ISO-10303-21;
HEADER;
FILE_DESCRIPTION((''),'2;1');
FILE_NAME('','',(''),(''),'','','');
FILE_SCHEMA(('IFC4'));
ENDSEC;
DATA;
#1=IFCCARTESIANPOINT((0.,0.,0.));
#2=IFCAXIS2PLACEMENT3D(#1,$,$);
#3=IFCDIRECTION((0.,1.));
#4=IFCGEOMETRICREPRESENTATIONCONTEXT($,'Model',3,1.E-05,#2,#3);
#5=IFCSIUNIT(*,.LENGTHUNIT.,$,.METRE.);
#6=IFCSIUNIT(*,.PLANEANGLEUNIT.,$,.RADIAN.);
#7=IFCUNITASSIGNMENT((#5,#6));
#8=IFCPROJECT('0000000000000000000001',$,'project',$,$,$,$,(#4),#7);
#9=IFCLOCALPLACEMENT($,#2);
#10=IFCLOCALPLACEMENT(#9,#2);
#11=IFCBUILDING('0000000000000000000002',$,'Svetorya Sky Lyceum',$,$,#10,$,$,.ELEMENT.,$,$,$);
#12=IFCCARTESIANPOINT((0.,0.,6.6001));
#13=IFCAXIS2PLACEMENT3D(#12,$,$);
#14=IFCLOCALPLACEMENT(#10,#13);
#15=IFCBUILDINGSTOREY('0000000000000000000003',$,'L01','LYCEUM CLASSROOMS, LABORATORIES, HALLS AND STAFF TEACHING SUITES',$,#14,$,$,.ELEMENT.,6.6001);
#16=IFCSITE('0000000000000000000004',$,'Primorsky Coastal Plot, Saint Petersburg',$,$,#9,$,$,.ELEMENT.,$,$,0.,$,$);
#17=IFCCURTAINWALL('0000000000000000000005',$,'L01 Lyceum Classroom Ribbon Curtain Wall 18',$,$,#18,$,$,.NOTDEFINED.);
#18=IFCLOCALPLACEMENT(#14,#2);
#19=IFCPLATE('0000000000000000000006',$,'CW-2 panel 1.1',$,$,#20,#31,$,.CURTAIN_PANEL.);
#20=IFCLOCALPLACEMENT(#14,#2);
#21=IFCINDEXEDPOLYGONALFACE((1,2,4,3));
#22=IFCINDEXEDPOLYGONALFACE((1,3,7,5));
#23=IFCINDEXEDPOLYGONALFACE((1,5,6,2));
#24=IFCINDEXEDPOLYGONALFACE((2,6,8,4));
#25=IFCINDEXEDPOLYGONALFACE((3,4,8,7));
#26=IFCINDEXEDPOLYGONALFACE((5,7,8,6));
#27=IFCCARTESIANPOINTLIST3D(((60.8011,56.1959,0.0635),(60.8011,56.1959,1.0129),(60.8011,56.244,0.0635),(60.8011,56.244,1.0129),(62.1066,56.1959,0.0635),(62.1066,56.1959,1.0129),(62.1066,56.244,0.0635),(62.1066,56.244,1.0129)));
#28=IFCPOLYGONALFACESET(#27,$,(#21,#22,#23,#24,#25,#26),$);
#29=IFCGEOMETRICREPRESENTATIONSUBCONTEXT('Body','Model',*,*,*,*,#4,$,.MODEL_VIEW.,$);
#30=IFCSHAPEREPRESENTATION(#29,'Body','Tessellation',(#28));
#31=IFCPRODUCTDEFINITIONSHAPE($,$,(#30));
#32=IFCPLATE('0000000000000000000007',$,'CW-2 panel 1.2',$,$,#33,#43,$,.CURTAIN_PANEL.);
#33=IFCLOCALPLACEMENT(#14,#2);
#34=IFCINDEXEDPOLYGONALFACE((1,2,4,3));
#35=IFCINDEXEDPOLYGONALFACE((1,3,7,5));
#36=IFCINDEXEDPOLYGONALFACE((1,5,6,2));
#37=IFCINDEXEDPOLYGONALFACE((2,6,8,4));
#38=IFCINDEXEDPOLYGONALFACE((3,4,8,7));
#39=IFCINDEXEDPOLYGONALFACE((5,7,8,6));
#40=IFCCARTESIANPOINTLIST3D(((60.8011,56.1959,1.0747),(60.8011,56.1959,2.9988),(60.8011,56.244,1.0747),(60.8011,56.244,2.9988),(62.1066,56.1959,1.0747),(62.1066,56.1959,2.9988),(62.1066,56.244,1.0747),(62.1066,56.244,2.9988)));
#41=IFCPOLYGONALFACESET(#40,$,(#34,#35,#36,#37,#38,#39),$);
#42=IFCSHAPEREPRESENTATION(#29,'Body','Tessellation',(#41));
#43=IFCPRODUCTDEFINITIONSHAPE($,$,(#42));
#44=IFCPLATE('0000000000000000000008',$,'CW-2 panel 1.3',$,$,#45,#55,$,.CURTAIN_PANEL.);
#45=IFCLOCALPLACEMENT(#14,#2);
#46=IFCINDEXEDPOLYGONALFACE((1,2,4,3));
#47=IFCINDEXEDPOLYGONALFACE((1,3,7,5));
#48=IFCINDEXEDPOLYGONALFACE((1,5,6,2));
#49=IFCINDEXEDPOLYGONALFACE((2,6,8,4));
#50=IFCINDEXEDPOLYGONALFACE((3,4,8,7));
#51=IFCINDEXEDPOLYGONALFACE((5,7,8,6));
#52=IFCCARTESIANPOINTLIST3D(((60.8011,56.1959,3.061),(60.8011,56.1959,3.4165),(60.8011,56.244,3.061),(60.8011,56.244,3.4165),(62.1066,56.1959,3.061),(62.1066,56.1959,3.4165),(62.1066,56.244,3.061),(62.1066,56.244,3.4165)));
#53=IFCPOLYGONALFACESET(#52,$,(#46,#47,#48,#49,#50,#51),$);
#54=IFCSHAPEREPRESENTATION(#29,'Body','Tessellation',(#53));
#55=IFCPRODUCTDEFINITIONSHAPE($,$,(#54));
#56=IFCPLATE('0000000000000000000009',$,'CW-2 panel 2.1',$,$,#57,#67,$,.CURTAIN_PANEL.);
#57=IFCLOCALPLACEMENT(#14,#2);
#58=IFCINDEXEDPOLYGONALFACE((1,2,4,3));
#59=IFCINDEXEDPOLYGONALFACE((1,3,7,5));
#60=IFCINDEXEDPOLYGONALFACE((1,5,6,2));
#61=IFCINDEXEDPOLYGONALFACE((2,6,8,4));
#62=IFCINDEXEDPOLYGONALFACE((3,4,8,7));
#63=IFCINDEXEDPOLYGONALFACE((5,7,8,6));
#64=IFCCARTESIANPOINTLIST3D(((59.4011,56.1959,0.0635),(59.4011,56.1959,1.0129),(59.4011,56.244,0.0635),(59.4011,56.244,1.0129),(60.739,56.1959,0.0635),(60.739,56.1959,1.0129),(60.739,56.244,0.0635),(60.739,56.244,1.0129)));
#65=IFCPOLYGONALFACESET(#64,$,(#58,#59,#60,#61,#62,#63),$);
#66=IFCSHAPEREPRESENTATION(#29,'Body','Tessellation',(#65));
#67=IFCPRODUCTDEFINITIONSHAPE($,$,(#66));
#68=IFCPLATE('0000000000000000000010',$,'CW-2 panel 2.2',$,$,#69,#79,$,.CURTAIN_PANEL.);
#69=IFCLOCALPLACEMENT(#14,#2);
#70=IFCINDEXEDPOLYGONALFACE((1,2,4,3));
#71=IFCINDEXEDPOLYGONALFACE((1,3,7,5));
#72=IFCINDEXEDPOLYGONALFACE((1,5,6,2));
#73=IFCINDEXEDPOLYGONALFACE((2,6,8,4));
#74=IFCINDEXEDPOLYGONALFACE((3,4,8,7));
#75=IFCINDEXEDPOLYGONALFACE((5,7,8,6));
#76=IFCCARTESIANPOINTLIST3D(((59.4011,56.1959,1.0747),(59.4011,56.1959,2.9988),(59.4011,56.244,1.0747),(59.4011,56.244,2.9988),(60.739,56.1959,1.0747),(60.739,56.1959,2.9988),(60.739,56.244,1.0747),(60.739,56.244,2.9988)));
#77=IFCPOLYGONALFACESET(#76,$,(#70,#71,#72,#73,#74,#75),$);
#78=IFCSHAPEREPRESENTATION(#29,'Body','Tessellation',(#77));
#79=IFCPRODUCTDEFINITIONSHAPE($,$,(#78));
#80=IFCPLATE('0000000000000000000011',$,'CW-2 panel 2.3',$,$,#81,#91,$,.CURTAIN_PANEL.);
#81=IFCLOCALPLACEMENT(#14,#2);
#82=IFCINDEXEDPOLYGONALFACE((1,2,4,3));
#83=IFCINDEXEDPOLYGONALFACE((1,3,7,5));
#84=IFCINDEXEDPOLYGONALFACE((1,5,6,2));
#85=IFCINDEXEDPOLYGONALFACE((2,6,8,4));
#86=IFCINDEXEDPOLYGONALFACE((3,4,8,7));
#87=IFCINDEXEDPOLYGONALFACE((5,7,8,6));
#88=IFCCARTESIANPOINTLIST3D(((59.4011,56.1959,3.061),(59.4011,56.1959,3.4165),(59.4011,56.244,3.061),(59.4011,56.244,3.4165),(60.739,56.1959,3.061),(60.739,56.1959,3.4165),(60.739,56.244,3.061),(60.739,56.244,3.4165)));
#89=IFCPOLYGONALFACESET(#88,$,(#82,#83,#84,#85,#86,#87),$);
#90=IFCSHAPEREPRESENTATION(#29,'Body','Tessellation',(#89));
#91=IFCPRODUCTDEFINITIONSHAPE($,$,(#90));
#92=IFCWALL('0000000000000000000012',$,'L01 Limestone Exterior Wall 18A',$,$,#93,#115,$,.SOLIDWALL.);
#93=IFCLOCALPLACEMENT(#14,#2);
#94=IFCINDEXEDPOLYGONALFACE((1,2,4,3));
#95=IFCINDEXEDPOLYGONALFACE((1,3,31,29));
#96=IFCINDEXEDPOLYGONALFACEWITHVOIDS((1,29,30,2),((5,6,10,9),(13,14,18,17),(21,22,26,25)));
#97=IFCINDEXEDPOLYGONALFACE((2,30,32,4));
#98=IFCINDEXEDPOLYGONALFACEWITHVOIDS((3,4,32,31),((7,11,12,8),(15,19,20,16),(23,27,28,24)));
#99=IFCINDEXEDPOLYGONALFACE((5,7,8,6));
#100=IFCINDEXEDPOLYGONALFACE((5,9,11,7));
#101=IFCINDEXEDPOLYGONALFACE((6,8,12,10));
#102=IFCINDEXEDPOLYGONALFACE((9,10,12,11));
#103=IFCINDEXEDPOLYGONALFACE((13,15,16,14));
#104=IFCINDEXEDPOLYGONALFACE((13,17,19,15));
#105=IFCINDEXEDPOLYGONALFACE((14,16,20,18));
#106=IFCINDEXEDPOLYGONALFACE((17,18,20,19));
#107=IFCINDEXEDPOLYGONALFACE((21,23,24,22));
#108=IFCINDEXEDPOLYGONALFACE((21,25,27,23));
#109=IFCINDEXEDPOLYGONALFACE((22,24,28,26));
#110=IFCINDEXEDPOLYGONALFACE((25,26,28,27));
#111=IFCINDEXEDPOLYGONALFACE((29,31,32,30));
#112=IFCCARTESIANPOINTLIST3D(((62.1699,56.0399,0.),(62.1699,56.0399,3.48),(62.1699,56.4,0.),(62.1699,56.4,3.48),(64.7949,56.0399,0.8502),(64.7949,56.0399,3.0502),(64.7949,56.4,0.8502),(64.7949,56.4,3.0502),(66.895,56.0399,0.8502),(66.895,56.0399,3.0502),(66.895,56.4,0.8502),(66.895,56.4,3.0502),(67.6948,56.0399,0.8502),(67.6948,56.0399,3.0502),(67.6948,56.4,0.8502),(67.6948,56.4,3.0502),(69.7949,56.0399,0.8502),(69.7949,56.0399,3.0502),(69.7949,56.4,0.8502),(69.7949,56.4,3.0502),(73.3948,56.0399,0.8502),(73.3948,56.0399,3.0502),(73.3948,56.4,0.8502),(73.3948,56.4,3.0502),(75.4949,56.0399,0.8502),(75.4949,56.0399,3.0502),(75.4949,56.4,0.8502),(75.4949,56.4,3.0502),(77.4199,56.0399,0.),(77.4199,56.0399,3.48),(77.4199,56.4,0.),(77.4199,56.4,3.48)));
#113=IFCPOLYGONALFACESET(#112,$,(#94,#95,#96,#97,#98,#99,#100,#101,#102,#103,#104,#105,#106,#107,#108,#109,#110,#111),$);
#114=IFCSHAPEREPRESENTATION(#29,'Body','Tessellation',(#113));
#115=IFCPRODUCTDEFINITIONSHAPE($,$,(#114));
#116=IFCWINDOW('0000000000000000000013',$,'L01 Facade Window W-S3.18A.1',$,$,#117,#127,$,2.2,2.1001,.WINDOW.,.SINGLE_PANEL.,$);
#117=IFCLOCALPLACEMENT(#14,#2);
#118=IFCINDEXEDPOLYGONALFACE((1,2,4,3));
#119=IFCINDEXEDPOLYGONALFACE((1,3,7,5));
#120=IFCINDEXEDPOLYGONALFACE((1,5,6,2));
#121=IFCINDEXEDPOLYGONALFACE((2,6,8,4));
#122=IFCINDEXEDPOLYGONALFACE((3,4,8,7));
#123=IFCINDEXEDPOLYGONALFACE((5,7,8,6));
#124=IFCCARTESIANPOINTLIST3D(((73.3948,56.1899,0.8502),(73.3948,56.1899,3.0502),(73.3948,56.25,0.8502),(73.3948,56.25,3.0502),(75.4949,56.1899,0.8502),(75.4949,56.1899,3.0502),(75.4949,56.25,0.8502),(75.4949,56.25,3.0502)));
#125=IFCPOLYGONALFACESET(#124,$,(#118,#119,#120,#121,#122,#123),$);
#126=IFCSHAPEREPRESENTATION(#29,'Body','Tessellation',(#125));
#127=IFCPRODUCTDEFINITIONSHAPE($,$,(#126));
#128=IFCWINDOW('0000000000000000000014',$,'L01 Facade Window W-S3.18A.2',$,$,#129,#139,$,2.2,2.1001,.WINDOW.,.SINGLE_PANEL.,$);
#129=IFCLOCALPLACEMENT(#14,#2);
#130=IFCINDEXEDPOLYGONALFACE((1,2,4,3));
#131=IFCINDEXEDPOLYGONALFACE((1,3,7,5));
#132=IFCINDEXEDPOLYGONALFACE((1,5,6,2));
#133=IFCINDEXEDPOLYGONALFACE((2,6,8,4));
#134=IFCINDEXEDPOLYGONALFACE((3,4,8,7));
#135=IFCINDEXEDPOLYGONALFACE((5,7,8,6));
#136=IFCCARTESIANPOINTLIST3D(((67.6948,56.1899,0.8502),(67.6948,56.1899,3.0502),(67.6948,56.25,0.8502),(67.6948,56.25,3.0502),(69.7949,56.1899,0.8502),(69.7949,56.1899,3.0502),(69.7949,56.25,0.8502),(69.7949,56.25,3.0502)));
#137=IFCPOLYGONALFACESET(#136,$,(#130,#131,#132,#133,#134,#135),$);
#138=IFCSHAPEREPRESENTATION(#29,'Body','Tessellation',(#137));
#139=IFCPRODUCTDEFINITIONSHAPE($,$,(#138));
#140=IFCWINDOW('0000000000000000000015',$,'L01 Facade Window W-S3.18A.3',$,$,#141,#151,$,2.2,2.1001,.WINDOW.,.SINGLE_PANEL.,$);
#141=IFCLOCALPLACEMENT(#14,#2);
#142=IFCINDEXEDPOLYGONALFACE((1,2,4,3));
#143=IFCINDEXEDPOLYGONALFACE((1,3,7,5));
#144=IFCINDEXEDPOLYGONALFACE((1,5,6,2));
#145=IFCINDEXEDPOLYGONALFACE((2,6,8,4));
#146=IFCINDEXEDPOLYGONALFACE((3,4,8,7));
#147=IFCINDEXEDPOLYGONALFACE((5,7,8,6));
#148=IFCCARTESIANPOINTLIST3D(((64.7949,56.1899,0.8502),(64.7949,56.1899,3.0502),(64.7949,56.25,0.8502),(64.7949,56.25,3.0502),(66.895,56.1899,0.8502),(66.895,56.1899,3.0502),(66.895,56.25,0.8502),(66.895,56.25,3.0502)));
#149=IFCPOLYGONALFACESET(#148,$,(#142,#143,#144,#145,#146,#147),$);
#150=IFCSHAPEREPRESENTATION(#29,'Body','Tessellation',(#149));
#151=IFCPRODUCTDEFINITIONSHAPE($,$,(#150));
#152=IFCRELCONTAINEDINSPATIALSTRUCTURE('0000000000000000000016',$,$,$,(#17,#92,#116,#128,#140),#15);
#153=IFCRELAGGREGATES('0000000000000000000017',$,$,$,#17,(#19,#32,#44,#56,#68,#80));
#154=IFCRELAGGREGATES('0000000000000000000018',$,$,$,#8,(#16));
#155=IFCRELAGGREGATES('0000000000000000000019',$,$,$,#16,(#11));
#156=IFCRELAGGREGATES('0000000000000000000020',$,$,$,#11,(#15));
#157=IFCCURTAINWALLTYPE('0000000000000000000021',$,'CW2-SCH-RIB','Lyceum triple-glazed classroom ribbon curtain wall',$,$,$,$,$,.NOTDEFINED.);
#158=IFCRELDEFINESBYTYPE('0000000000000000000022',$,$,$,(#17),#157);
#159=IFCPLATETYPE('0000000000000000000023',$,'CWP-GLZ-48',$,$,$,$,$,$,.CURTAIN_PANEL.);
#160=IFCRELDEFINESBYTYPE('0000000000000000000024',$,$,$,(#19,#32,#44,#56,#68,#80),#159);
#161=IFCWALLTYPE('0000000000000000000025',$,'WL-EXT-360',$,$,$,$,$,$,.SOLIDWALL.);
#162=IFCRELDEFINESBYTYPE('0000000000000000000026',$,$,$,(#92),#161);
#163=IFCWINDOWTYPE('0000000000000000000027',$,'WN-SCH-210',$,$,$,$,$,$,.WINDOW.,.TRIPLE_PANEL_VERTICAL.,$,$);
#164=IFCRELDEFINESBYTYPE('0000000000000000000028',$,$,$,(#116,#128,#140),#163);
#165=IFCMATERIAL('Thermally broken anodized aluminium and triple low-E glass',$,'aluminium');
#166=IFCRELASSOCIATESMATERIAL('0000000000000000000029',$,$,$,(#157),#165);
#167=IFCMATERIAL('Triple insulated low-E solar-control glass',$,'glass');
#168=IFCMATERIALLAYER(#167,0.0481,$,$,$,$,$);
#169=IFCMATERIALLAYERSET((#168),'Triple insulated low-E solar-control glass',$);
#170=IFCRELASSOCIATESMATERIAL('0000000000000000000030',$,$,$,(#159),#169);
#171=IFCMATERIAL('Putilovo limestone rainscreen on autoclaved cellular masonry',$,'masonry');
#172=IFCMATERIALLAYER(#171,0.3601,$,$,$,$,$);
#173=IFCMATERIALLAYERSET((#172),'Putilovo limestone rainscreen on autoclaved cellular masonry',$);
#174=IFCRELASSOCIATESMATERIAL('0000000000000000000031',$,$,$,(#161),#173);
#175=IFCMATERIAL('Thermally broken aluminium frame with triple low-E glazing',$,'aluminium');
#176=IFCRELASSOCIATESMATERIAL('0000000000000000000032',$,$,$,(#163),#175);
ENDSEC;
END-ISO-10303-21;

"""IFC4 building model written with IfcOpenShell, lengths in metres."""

from ifc_helpers import new_model, si_unit, direction, frame, frame_2d, origin, origin_2d, place, context, subcontext, project, spatial, rectangle, extrude, material, layer, layer_set, type_object, element, fill, aggregate, save


model = new_model("IFC4")

# Units and contexts
model_context = context("Model", 3, precision=1e-05, world=origin(), true_north=direction((0.0, 1.0)))
body_context = subcontext(model_context, "Body", "Model", "MODEL_VIEW")
ifc_project = project(units=[si_unit("LENGTHUNIT", "METRE"), si_unit("PLANEANGLEUNIT", "RADIAN")], contexts=[model_context])

# Site, building, storey
site_placement = place(None, origin())
site = spatial("IfcSite", under=ifc_project, at=site_placement, Name="Primorsky Coastal Plot, Saint Petersburg", CompositionType="ELEMENT", RefElevation=0.0)
building_placement = place(site_placement, origin())
building = spatial("IfcBuilding", under=site, at=building_placement, Name="Svetorya Sky Lyceum", CompositionType="ELEMENT")
storey_placement = place(building_placement, frame((0.0, 0.0, 6.6001)))
storey = spatial("IfcBuildingStorey", under=building, at=storey_placement, Name="L01", Description="LYCEUM CLASSROOMS, LABORATORIES, HALLS AND STAFF TEACHING SUITES", CompositionType="ELEMENT", Elevation=6.6001)

# Curtain wall, plates
ifc_material_1 = material(Name="Thermally broken anodized aluminium and triple low-E glass", Category="aluminium")
curtain_wall_type = type_object("IfcCurtainWallType", Name="CW2-SCH-RIB", Description="Lyceum triple-glazed classroom ribbon curtain wall", PredefinedType="NOTDEFINED", material=ifc_material_1)
curtain_wall_placement = place(storey_placement, origin())
curtain_wall = element("IfcCurtainWall", 1, at=curtain_wall_placement, inside=storey, type_object=curtain_wall_type, Name="L01 Lyceum Classroom Ribbon Curtain Wall 18", PredefinedType="NOTDEFINED")
ifc_material_2 = material(Name="Triple insulated low-E solar-control glass", Category="glass")
ifc_layer_1 = layer(ifc_material_2, 0.0481)
ifc_layer_set_1 = layer_set([ifc_layer_1], Name="Triple insulated low-E solar-control glass")
plate_type = type_object("IfcPlateType", Name="CWP-GLZ-48", PredefinedType="CURTAIN_PANEL", material=ifc_layer_set_1)
plate_1_placement = place(storey_placement, frame((61.4539, 56.22, 0.0635), z_axis=(0.0, 0.0, 1.0), x_axis=(-1.0, 0.0, 0.0)))
plate_1 = element("IfcPlate", 2, at=plate_1_placement, type_object=plate_type, Name="CW-2 panel 1.1", PredefinedType="CURTAIN_PANEL", context=body_context, shape_type="SweptSolid", body=[
    extrude(rectangle(XDim=1.3054, YDim=0.0481, at=origin_2d()), origin(), (0.0, 0.0, 1.0), 0.9495),
])
plate_2_placement = place(storey_placement, frame((61.4539, 56.22, 1.0747), z_axis=(0.0, 0.0, 1.0), x_axis=(-1.0, 0.0, 0.0)))
plate_2 = element("IfcPlate", 3, at=plate_2_placement, type_object=plate_type, Name="CW-2 panel 1.2", PredefinedType="CURTAIN_PANEL", context=body_context, shape_type="SweptSolid", body=[
    extrude(rectangle(XDim=1.3054, YDim=0.0481, at=origin_2d()), origin(), (0.0, 0.0, 1.0), 1.9241),
])
plate_3_placement = place(storey_placement, frame((61.4539, 56.22, 3.061), z_axis=(0.0, 0.0, 1.0), x_axis=(-1.0, 0.0, 0.0)))
plate_3 = element("IfcPlate", 4, at=plate_3_placement, type_object=plate_type, Name="CW-2 panel 1.3", PredefinedType="CURTAIN_PANEL", context=body_context, shape_type="SweptSolid", body=[
    extrude(rectangle(XDim=1.3054, YDim=0.0481, at=origin_2d()), origin(), (0.0, 0.0, 1.0), 0.3555),
])
plate_4_placement = place(storey_placement, frame((60.0701, 56.22, 0.0635), z_axis=(0.0, 0.0, 1.0), x_axis=(-1.0, 0.0, 0.0)))
plate_4 = element("IfcPlate", 5, at=plate_4_placement, type_object=plate_type, Name="CW-2 panel 2.1", PredefinedType="CURTAIN_PANEL", context=body_context, shape_type="SweptSolid", body=[
    extrude(rectangle(XDim=1.3379, YDim=0.0481, at=origin_2d()), origin(), (0.0, 0.0, 1.0), 0.9495),
])
plate_5_placement = place(storey_placement, frame((60.0701, 56.22, 1.0747), z_axis=(0.0, 0.0, 1.0), x_axis=(-1.0, 0.0, 0.0)))
plate_5 = element("IfcPlate", 6, at=plate_5_placement, type_object=plate_type, Name="CW-2 panel 2.2", PredefinedType="CURTAIN_PANEL", context=body_context, shape_type="SweptSolid", body=[
    extrude(rectangle(XDim=1.3379, YDim=0.0481, at=origin_2d()), origin(), (0.0, 0.0, 1.0), 1.9241),
])
plate_6_placement = place(storey_placement, frame((60.0701, 56.22, 3.061), z_axis=(0.0, 0.0, 1.0), x_axis=(-1.0, 0.0, 0.0)))
plate_6 = element("IfcPlate", 7, at=plate_6_placement, type_object=plate_type, Name="CW-2 panel 2.3", PredefinedType="CURTAIN_PANEL", context=body_context, shape_type="SweptSolid", body=[
    extrude(rectangle(XDim=1.3379, YDim=0.0481, at=origin_2d()), origin(), (0.0, 0.0, 1.0), 0.3555),
])
aggregate(curtain_wall, [plate_1, plate_2, plate_3, plate_4, plate_5, plate_6])

# Wall, openings, windows
ifc_material_3 = material(Name="Putilovo limestone rainscreen on autoclaved cellular masonry", Category="masonry")
ifc_layer_2 = layer(ifc_material_3, 0.3601)
ifc_layer_set_2 = layer_set([ifc_layer_2], Name="Putilovo limestone rainscreen on autoclaved cellular masonry")
wall_type = type_object("IfcWallType", Name="WL-EXT-360", PredefinedType="SOLIDWALL", material=ifc_layer_set_2)
wall_placement = place(storey_placement, frame((77.4199, 56.22, 0.0), z_axis=(0.0, 0.0, 1.0), x_axis=(-1.0, 0.0, 0.0)))
wall = element("IfcWall", 8, at=wall_placement, inside=storey, type_object=wall_type, Name="L01 Limestone Exterior Wall 18A", PredefinedType="SOLIDWALL", context=body_context, shape_type="SweptSolid", body=[
    extrude(rectangle(XDim=15.25, YDim=0.3601, at=frame_2d((7.625, 0.0))), origin(), (0.0, 0.0, 1.0), 3.48),
])
opening_1_placement = place(wall_placement, frame((1.925, 0.0, 0.8501)))
opening_1 = element("IfcOpeningElement", 9, at=opening_1_placement, cuts=wall, PredefinedType="OPENING", context=body_context, shape_type="SweptSolid", body=[
    extrude(rectangle(XDim=2.1001, YDim=2.2, at=frame_2d((1.05, 1.1001))), frame((0.0, 0.1899, 0.0), z_axis=(0.0, -1.0, 0.0), x_axis=(1.0, 0.0, 0.0)), (0.0, 0.0, 1.0), 0.3801),
])
opening_2_placement = place(wall_placement, frame((7.625, 0.0, 0.8501)))
opening_2 = element("IfcOpeningElement", 10, at=opening_2_placement, cuts=wall, PredefinedType="OPENING", context=body_context, shape_type="SweptSolid", body=[
    extrude(rectangle(XDim=2.1001, YDim=2.2, at=frame_2d((1.05, 1.1001))), frame((0.0, 0.1899, 0.0), z_axis=(0.0, -1.0, 0.0), x_axis=(1.0, 0.0, 0.0)), (0.0, 0.0, 1.0), 0.3801),
])
opening_3_placement = place(wall_placement, frame((10.5249, 0.0, 0.8501)))
opening_3 = element("IfcOpeningElement", 11, at=opening_3_placement, cuts=wall, PredefinedType="OPENING", context=body_context, shape_type="SweptSolid", body=[
    extrude(rectangle(XDim=2.1001, YDim=2.2, at=frame_2d((1.05, 1.1001))), frame((0.0, 0.1899, 0.0), z_axis=(0.0, -1.0, 0.0), x_axis=(1.0, 0.0, 0.0)), (0.0, 0.0, 1.0), 0.3801),
])
ifc_material_4 = material(Name="Thermally broken aluminium frame with triple low-E glazing", Category="aluminium")
window_type = type_object("IfcWindowType", Name="WN-SCH-210", PartitioningType="TRIPLE_PANEL_VERTICAL", PredefinedType="WINDOW", material=ifc_material_4)
window_1_placement = place(opening_1_placement, origin())
window_1 = element("IfcWindow", 12, at=window_1_placement, inside=storey, type_object=window_type, Name="L01 Facade Window W-S3.18A.1", OverallHeight=2.2, OverallWidth=2.1001, PartitioningType="SINGLE_PANEL", PredefinedType="WINDOW", context=body_context, shape_type="SweptSolid", body=[
    extrude(rectangle(XDim=2.1001, YDim=2.2, at=frame_2d((1.05, 1.1001))), frame((0.0, 0.03, 0.0), z_axis=(0.0, -1.0, 0.0), x_axis=(1.0, 0.0, 0.0)), (0.0, 0.0, 1.0), 0.0601),
])
fill(opening_1, window_1)
window_2_placement = place(opening_2_placement, origin())
window_2 = element("IfcWindow", 13, at=window_2_placement, inside=storey, type_object=window_type, Name="L01 Facade Window W-S3.18A.2", OverallHeight=2.2, OverallWidth=2.1001, PartitioningType="SINGLE_PANEL", PredefinedType="WINDOW", context=body_context, shape_type="SweptSolid", body=[
    extrude(rectangle(XDim=2.1001, YDim=2.2, at=frame_2d((1.05, 1.1001))), frame((0.0, 0.03, 0.0), z_axis=(0.0, -1.0, 0.0), x_axis=(1.0, 0.0, 0.0)), (0.0, 0.0, 1.0), 0.0601),
])
fill(opening_2, window_2)
window_3_placement = place(opening_3_placement, origin())
window_3 = element("IfcWindow", 14, at=window_3_placement, inside=storey, type_object=window_type, Name="L01 Facade Window W-S3.18A.3", OverallHeight=2.2, OverallWidth=2.1001, PartitioningType="SINGLE_PANEL", PredefinedType="WINDOW", context=body_context, shape_type="SweptSolid", body=[
    extrude(rectangle(XDim=2.1001, YDim=2.2, at=frame_2d((1.05, 1.1001))), frame((0.0, 0.03, 0.0), z_axis=(0.0, -1.0, 0.0), x_axis=(1.0, 0.0, 0.0)), (0.0, 0.0, 1.0), 0.0601),
])
fill(opening_3, window_3)

save(model, "model.ifc")
